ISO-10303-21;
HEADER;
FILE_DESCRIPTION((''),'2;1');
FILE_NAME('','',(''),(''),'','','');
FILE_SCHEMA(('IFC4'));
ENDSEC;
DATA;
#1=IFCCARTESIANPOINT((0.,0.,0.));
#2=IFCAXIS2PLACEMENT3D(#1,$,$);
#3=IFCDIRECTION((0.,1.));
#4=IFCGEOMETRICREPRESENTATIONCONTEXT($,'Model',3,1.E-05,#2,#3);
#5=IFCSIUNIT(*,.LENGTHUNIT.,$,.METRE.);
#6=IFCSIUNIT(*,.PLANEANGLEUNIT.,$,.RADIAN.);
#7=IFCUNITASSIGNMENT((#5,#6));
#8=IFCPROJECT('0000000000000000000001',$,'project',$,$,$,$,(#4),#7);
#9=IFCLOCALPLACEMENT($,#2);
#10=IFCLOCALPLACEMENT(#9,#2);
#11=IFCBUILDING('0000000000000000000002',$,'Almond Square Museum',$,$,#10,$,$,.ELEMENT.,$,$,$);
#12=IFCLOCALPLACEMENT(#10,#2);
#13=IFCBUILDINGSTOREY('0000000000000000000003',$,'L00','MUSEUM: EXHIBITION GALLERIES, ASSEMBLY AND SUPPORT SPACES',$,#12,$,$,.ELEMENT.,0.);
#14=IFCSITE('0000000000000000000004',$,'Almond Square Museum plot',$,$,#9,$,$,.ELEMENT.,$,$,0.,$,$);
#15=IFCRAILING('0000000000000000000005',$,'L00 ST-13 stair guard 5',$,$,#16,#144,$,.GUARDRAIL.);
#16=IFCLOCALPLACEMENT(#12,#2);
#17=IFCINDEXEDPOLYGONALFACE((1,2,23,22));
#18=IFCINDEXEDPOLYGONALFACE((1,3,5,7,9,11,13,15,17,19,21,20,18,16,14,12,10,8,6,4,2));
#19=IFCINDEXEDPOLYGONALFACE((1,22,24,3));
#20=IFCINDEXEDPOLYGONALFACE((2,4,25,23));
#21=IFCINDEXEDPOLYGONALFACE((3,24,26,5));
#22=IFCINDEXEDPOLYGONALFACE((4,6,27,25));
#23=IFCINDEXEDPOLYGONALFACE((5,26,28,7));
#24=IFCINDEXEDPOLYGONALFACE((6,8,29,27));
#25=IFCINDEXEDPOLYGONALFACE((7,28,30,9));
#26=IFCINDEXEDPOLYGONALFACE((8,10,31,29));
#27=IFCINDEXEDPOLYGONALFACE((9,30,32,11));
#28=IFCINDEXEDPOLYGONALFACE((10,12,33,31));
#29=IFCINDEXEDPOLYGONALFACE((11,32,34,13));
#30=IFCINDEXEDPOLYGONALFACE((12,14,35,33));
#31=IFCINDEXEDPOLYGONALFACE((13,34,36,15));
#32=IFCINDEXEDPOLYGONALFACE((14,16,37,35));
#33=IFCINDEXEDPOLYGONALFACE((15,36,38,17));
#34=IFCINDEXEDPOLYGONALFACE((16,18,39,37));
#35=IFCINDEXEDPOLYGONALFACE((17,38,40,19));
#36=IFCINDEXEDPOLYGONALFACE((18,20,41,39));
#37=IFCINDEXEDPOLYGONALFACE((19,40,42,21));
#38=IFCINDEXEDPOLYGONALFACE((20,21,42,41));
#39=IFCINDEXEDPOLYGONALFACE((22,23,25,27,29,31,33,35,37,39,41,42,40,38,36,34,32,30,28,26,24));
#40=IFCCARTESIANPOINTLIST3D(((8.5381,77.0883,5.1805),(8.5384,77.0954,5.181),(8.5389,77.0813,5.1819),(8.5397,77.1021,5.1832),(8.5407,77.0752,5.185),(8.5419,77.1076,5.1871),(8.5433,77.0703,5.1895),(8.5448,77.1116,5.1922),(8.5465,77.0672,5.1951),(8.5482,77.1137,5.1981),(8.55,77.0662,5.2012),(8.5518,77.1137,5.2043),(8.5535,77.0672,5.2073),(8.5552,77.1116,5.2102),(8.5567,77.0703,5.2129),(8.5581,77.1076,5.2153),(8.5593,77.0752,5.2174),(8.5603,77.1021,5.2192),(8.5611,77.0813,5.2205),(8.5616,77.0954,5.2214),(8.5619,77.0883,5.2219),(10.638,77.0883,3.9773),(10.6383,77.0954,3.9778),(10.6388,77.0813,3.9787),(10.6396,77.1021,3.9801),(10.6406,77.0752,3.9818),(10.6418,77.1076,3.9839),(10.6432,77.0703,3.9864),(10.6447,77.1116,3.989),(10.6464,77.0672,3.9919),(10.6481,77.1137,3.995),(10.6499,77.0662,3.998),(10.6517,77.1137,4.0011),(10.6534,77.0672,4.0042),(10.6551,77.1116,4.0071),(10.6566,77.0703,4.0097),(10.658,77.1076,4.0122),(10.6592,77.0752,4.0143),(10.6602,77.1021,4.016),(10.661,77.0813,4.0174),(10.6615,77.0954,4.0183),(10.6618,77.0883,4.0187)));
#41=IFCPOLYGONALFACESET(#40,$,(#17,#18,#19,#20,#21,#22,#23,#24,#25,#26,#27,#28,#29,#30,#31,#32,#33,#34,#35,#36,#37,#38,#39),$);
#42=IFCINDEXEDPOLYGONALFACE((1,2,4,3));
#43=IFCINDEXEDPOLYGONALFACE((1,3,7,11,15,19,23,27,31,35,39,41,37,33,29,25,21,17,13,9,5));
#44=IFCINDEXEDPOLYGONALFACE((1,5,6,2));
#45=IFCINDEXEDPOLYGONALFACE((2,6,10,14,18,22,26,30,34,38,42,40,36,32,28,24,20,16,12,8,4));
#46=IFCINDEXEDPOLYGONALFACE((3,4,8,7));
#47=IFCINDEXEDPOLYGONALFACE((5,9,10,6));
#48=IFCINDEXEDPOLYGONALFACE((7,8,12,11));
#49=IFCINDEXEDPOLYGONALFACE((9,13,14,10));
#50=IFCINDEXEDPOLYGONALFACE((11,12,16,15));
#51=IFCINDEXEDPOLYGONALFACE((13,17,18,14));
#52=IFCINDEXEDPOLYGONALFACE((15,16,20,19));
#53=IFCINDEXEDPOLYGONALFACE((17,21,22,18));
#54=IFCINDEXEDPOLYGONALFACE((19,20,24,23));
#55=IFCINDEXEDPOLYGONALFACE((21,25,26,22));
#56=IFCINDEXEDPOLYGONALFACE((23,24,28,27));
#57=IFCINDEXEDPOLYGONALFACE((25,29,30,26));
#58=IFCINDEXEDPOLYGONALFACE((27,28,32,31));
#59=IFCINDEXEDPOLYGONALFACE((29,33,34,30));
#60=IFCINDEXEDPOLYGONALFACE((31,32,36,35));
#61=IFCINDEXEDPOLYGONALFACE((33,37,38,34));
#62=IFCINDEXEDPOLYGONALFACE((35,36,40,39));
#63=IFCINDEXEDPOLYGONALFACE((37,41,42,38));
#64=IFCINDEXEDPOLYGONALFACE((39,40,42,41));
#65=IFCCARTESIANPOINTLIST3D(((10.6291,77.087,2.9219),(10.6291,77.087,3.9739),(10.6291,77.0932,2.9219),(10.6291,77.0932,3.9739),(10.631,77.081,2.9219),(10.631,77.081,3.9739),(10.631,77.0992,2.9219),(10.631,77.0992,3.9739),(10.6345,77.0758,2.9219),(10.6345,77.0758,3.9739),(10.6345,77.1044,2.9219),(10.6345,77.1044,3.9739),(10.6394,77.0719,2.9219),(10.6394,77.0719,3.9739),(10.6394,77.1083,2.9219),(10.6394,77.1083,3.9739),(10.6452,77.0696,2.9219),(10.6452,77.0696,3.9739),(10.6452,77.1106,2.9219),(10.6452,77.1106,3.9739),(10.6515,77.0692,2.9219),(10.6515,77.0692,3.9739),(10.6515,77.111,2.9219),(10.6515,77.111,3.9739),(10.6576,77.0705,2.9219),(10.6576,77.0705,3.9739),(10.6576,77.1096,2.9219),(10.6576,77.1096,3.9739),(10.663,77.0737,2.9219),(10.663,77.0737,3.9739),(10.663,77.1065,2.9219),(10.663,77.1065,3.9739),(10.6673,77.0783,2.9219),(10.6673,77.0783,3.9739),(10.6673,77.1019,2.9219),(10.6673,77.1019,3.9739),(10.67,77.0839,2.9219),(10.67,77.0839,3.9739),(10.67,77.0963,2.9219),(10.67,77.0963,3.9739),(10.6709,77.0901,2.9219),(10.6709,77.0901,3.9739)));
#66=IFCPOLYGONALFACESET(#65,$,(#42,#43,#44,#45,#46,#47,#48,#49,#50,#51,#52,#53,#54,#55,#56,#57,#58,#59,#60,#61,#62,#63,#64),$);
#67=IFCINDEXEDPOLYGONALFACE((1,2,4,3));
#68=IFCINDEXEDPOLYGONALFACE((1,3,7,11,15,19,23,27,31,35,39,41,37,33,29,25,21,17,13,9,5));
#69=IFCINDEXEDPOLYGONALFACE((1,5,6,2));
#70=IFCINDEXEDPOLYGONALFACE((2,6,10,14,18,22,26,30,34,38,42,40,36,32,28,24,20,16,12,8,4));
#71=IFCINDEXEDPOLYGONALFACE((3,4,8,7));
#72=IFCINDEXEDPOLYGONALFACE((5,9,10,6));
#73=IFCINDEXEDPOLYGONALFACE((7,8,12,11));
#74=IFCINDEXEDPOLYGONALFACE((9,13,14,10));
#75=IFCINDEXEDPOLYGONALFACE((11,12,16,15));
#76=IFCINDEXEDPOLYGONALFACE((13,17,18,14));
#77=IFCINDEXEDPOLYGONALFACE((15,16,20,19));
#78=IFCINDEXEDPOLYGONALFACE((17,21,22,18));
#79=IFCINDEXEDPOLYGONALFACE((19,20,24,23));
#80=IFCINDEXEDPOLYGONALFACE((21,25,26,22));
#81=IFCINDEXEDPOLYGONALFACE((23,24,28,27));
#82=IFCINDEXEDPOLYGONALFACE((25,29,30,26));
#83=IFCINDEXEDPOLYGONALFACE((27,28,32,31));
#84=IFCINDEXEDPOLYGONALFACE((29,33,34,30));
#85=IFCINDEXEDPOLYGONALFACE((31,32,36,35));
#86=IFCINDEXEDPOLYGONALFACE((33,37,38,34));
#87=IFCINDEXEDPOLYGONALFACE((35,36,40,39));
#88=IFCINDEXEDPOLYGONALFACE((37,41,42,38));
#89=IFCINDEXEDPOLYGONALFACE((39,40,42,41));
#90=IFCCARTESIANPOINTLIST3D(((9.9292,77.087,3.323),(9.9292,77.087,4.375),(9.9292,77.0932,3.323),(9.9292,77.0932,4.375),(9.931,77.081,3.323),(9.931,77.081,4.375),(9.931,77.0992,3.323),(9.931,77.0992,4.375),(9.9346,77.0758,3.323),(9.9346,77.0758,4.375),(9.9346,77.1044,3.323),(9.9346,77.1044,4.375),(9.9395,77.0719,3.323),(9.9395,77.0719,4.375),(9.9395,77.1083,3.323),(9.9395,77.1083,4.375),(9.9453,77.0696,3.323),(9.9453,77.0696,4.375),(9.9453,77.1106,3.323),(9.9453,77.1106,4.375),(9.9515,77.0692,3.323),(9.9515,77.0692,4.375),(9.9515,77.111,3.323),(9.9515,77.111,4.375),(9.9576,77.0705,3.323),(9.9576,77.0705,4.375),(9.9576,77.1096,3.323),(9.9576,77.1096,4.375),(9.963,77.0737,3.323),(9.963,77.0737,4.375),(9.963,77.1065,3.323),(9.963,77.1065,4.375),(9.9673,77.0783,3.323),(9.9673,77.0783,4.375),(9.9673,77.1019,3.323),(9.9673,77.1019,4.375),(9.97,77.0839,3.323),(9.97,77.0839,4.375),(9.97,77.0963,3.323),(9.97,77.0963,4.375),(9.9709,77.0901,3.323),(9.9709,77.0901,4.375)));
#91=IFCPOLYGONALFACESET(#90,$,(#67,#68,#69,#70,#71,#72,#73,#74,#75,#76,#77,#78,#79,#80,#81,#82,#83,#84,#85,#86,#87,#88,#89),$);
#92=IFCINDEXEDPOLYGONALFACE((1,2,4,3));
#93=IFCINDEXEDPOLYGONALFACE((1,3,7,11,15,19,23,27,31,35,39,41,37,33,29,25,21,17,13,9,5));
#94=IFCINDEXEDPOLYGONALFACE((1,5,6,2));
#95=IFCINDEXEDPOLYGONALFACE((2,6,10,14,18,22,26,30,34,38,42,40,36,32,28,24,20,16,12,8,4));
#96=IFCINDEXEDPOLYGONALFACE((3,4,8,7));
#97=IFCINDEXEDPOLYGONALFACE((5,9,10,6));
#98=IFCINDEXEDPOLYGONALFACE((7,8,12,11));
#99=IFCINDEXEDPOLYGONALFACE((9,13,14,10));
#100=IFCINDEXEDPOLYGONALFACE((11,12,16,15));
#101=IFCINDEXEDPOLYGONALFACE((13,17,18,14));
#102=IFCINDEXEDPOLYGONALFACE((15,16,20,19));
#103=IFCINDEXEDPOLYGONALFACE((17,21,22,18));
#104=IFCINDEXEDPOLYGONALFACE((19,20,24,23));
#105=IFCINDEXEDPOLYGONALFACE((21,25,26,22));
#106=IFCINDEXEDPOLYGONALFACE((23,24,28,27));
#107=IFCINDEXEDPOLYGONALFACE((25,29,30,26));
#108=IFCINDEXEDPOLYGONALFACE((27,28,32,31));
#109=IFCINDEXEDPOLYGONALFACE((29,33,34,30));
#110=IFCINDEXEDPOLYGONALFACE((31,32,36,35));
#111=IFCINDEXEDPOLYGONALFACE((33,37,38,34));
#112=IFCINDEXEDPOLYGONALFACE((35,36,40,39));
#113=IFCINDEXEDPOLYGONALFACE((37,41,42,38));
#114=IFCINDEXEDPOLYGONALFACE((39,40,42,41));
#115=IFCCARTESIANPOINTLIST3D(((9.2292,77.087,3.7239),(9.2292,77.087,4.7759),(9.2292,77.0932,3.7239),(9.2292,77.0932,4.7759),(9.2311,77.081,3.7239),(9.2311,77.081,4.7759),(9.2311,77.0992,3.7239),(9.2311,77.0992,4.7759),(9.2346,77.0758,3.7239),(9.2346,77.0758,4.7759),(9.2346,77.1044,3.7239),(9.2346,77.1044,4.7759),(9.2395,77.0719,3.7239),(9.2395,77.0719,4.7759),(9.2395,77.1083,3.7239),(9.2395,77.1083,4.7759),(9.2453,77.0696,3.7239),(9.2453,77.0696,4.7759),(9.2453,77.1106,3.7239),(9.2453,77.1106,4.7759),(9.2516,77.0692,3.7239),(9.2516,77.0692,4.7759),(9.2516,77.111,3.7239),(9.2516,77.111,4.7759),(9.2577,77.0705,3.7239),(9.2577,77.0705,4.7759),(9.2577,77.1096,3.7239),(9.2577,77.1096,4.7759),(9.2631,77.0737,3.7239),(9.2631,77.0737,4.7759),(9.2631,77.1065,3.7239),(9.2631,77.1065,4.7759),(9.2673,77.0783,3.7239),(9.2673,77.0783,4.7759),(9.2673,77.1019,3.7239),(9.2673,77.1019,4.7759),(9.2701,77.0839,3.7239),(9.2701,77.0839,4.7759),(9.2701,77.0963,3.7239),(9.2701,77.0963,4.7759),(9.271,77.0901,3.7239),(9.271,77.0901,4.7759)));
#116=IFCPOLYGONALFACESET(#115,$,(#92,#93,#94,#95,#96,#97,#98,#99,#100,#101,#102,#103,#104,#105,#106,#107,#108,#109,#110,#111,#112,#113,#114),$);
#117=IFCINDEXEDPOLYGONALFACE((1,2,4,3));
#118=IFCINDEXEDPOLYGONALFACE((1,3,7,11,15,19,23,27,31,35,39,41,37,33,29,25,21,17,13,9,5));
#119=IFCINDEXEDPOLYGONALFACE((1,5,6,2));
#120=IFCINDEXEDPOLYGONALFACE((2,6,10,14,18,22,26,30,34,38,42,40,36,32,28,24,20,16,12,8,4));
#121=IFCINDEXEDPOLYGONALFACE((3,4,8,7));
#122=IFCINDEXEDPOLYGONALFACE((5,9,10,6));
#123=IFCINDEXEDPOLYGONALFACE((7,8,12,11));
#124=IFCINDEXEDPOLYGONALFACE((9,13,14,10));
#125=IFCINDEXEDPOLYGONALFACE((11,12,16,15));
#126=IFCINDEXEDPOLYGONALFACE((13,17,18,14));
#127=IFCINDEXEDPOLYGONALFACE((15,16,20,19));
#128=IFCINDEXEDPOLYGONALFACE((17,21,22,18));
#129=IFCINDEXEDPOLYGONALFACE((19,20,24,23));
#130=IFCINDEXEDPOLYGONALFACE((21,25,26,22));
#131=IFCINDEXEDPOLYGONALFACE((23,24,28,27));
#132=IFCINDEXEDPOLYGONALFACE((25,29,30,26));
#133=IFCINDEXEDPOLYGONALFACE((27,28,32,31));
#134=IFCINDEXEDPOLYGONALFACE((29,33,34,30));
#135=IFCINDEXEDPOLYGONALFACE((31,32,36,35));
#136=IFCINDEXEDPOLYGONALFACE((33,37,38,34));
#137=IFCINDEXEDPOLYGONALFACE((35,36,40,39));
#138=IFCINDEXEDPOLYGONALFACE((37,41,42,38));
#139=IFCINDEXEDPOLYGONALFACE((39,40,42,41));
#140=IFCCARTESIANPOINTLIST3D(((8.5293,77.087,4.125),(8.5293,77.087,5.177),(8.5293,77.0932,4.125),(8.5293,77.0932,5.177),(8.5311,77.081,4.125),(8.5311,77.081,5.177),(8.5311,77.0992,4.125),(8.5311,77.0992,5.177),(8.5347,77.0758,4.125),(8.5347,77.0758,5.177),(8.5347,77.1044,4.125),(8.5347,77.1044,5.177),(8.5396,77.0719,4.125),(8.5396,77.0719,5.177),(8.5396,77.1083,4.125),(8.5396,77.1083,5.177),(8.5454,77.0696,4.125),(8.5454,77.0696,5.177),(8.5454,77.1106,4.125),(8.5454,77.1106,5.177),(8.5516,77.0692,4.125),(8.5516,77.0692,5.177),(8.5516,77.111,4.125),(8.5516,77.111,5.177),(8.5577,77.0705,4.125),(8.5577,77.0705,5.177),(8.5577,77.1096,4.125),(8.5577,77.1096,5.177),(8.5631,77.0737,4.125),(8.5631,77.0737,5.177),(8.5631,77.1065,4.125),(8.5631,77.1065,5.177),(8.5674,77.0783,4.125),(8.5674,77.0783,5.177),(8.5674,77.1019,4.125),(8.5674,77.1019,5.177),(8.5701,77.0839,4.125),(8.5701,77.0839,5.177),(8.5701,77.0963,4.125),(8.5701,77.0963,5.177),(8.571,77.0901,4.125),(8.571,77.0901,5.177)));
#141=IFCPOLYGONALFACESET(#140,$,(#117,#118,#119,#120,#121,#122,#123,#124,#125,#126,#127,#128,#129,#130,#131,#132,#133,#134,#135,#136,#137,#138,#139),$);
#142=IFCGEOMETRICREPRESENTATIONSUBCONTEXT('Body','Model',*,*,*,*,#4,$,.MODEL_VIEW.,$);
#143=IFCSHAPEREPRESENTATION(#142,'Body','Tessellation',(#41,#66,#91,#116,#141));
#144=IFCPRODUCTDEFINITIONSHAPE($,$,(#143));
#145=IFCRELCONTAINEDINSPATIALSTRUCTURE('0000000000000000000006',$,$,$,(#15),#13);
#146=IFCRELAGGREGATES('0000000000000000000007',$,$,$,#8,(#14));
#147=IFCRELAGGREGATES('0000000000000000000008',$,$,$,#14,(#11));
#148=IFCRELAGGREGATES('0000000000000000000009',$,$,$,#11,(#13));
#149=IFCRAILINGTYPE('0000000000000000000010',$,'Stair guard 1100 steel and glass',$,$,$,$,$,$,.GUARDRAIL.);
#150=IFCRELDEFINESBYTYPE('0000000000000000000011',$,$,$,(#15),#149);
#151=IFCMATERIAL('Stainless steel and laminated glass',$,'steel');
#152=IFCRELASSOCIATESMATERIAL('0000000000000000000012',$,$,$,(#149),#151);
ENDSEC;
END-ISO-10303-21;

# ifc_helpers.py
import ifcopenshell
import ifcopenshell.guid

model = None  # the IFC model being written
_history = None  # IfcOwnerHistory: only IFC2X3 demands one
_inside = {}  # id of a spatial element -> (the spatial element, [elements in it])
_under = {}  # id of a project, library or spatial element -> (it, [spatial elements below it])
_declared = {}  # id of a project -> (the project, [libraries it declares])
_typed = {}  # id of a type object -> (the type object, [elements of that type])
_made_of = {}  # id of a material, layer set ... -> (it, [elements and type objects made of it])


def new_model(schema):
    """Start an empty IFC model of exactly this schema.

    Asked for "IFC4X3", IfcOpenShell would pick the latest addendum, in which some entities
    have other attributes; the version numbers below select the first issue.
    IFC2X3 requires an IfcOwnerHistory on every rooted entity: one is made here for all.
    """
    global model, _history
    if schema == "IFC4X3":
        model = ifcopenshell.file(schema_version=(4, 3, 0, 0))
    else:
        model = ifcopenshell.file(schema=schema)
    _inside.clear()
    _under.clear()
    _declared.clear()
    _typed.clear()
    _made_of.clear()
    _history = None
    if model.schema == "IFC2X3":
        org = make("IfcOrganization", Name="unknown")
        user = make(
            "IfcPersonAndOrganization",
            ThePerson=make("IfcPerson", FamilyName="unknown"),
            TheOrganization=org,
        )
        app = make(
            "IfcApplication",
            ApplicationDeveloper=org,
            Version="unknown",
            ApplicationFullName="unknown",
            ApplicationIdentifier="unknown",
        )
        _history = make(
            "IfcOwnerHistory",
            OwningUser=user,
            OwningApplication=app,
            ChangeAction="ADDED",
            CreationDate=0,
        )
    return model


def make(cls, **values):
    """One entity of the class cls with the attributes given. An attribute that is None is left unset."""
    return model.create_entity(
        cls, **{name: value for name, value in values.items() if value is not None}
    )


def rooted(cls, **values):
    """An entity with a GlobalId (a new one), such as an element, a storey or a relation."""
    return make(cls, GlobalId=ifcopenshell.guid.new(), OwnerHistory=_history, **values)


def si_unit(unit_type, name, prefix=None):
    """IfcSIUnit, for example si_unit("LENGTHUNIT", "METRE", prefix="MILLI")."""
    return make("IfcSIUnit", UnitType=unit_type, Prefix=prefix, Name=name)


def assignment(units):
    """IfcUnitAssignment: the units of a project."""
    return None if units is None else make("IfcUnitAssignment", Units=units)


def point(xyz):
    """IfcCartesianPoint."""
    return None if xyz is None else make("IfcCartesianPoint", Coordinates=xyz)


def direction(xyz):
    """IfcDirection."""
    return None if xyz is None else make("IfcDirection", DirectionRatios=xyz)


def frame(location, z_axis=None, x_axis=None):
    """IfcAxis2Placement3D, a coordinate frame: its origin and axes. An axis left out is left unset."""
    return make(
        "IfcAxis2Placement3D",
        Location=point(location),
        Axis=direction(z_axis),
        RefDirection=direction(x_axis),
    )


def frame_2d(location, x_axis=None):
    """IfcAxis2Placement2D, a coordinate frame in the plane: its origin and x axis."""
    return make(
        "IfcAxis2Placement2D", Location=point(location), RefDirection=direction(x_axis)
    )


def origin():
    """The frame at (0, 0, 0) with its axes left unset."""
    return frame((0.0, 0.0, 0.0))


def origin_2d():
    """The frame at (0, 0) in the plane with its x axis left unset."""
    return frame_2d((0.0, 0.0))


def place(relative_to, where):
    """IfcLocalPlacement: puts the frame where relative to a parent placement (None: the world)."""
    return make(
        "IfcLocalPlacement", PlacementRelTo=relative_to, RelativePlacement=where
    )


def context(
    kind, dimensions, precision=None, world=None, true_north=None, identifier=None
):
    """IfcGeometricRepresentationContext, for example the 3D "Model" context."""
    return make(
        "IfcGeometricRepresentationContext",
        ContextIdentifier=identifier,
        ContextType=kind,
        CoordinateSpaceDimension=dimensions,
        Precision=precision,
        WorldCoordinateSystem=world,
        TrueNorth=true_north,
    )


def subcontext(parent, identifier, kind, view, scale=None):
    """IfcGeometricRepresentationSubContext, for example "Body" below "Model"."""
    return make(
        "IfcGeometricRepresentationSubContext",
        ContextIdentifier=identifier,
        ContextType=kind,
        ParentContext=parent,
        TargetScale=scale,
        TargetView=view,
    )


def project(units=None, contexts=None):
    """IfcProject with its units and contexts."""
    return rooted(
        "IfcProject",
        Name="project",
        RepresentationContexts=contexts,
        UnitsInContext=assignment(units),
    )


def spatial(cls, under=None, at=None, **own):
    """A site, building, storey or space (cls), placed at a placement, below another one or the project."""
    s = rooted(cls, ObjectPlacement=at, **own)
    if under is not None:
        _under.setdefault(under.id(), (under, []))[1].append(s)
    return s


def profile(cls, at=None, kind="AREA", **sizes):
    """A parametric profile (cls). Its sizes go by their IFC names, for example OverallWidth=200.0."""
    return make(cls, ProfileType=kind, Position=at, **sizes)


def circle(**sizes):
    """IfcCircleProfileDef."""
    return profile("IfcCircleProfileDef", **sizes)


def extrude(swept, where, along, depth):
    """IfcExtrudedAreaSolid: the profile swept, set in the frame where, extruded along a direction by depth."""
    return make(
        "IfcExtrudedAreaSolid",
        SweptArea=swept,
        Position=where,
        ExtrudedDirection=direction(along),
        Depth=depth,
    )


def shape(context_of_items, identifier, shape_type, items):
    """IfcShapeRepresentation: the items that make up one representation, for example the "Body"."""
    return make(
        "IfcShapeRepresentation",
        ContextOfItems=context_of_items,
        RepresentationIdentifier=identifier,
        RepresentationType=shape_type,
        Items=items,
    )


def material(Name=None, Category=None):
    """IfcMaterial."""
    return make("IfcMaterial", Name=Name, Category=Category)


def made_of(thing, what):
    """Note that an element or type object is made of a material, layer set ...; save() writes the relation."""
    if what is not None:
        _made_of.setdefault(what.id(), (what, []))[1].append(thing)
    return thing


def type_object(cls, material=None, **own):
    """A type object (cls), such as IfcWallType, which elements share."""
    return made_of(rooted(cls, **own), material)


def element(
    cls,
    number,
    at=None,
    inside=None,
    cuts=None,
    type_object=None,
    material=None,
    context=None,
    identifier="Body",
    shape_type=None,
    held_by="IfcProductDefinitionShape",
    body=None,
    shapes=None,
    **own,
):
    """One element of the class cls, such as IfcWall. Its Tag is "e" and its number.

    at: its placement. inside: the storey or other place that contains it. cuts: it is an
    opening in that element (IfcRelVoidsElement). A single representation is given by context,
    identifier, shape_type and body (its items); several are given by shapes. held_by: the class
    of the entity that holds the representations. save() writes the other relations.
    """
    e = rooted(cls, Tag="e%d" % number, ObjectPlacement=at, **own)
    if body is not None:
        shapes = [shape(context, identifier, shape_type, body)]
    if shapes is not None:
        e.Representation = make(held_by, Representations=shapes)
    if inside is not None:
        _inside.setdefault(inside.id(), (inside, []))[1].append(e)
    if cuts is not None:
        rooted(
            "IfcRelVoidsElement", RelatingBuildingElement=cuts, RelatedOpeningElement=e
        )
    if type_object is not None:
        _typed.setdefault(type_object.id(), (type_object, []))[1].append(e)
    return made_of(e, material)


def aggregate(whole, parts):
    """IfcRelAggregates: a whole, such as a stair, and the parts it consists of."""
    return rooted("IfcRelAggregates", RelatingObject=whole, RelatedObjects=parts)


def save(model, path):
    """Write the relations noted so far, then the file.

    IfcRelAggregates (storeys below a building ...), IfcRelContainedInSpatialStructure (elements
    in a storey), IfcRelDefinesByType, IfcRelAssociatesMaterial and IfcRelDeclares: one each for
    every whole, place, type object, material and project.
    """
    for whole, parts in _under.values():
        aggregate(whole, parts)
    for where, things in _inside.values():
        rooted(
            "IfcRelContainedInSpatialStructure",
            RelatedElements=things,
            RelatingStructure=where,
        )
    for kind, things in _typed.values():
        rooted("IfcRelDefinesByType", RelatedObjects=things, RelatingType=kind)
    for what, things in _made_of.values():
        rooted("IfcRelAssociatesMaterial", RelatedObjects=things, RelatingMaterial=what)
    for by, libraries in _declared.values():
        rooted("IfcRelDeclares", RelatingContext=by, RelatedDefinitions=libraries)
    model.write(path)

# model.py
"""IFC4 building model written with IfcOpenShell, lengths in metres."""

from ifc_helpers import new_model, si_unit, direction, frame, origin, origin_2d, place, context, subcontext, project, spatial, circle, extrude, material, type_object, element, save


model = new_model("IFC4")

# Units and contexts
model_context = context("Model", 3, precision=1e-05, world=origin(), true_north=direction((0.0, 1.0)))
body_context = subcontext(model_context, "Body", "Model", "MODEL_VIEW")
ifc_project = project(units=[si_unit("LENGTHUNIT", "METRE"), si_unit("PLANEANGLEUNIT", "RADIAN")], contexts=[model_context])

# Site, building, storey
site_placement = place(None, origin())
site = spatial("IfcSite", under=ifc_project, at=site_placement, Name="Almond Square Museum plot", CompositionType="ELEMENT", RefElevation=0.0)
building_placement = place(site_placement, origin())
building = spatial("IfcBuilding", under=site, at=building_placement, Name="Almond Square Museum", CompositionType="ELEMENT")
storey_placement = place(building_placement, origin())
storey = spatial("IfcBuildingStorey", under=building, at=storey_placement, Name="L00", Description="MUSEUM: EXHIBITION GALLERIES, ASSEMBLY AND SUPPORT SPACES", CompositionType="ELEMENT", Elevation=0.0)

# Railing
ifc_material_1 = material(Name="Stainless steel and laminated glass", Category="steel")
railing_type_1 = type_object("IfcRailingType", Name="Stair guard 1100 steel and glass", PredefinedType="GUARDRAIL", material=ifc_material_1)
railing_1_placement = place(storey_placement, frame((10.6499, 77.0901, 2.9219)))
element("IfcRailing", 1, at=railing_1_placement, inside=storey, type_object=railing_type_1, Name="L00 ST-13 stair guard 5", PredefinedType="GUARDRAIL", context=body_context, shape_type="SweptSolid", body=[
    extrude(circle(Radius=0.0239, at=origin_2d()), frame((0.0, 0.0, 1.0762), z_axis=(-0.867671, 0.0, 0.497138), x_axis=(0.0, -1.0, 0.0)), (0.0, 0.0, 1.0), 2.4202),
    extrude(circle(Radius=0.021, at=origin_2d()), origin(), (0.0, 0.0, 1.0), 1.052),
    extrude(circle(Radius=0.021, at=origin_2d()), frame((-0.7, 0.0, 0.4011)), (0.0, 0.0, 1.0), 1.052),
    extrude(circle(Radius=0.021, at=origin_2d()), frame((-1.3999, 0.0, 0.802)), (0.0, 0.0, 1.0), 1.052),
    extrude(circle(Radius=0.021, at=origin_2d()), frame((-2.0999, 0.0, 1.2031)), (0.0, 0.0, 1.0), 1.052),
])

save(model, "model.ifc")
